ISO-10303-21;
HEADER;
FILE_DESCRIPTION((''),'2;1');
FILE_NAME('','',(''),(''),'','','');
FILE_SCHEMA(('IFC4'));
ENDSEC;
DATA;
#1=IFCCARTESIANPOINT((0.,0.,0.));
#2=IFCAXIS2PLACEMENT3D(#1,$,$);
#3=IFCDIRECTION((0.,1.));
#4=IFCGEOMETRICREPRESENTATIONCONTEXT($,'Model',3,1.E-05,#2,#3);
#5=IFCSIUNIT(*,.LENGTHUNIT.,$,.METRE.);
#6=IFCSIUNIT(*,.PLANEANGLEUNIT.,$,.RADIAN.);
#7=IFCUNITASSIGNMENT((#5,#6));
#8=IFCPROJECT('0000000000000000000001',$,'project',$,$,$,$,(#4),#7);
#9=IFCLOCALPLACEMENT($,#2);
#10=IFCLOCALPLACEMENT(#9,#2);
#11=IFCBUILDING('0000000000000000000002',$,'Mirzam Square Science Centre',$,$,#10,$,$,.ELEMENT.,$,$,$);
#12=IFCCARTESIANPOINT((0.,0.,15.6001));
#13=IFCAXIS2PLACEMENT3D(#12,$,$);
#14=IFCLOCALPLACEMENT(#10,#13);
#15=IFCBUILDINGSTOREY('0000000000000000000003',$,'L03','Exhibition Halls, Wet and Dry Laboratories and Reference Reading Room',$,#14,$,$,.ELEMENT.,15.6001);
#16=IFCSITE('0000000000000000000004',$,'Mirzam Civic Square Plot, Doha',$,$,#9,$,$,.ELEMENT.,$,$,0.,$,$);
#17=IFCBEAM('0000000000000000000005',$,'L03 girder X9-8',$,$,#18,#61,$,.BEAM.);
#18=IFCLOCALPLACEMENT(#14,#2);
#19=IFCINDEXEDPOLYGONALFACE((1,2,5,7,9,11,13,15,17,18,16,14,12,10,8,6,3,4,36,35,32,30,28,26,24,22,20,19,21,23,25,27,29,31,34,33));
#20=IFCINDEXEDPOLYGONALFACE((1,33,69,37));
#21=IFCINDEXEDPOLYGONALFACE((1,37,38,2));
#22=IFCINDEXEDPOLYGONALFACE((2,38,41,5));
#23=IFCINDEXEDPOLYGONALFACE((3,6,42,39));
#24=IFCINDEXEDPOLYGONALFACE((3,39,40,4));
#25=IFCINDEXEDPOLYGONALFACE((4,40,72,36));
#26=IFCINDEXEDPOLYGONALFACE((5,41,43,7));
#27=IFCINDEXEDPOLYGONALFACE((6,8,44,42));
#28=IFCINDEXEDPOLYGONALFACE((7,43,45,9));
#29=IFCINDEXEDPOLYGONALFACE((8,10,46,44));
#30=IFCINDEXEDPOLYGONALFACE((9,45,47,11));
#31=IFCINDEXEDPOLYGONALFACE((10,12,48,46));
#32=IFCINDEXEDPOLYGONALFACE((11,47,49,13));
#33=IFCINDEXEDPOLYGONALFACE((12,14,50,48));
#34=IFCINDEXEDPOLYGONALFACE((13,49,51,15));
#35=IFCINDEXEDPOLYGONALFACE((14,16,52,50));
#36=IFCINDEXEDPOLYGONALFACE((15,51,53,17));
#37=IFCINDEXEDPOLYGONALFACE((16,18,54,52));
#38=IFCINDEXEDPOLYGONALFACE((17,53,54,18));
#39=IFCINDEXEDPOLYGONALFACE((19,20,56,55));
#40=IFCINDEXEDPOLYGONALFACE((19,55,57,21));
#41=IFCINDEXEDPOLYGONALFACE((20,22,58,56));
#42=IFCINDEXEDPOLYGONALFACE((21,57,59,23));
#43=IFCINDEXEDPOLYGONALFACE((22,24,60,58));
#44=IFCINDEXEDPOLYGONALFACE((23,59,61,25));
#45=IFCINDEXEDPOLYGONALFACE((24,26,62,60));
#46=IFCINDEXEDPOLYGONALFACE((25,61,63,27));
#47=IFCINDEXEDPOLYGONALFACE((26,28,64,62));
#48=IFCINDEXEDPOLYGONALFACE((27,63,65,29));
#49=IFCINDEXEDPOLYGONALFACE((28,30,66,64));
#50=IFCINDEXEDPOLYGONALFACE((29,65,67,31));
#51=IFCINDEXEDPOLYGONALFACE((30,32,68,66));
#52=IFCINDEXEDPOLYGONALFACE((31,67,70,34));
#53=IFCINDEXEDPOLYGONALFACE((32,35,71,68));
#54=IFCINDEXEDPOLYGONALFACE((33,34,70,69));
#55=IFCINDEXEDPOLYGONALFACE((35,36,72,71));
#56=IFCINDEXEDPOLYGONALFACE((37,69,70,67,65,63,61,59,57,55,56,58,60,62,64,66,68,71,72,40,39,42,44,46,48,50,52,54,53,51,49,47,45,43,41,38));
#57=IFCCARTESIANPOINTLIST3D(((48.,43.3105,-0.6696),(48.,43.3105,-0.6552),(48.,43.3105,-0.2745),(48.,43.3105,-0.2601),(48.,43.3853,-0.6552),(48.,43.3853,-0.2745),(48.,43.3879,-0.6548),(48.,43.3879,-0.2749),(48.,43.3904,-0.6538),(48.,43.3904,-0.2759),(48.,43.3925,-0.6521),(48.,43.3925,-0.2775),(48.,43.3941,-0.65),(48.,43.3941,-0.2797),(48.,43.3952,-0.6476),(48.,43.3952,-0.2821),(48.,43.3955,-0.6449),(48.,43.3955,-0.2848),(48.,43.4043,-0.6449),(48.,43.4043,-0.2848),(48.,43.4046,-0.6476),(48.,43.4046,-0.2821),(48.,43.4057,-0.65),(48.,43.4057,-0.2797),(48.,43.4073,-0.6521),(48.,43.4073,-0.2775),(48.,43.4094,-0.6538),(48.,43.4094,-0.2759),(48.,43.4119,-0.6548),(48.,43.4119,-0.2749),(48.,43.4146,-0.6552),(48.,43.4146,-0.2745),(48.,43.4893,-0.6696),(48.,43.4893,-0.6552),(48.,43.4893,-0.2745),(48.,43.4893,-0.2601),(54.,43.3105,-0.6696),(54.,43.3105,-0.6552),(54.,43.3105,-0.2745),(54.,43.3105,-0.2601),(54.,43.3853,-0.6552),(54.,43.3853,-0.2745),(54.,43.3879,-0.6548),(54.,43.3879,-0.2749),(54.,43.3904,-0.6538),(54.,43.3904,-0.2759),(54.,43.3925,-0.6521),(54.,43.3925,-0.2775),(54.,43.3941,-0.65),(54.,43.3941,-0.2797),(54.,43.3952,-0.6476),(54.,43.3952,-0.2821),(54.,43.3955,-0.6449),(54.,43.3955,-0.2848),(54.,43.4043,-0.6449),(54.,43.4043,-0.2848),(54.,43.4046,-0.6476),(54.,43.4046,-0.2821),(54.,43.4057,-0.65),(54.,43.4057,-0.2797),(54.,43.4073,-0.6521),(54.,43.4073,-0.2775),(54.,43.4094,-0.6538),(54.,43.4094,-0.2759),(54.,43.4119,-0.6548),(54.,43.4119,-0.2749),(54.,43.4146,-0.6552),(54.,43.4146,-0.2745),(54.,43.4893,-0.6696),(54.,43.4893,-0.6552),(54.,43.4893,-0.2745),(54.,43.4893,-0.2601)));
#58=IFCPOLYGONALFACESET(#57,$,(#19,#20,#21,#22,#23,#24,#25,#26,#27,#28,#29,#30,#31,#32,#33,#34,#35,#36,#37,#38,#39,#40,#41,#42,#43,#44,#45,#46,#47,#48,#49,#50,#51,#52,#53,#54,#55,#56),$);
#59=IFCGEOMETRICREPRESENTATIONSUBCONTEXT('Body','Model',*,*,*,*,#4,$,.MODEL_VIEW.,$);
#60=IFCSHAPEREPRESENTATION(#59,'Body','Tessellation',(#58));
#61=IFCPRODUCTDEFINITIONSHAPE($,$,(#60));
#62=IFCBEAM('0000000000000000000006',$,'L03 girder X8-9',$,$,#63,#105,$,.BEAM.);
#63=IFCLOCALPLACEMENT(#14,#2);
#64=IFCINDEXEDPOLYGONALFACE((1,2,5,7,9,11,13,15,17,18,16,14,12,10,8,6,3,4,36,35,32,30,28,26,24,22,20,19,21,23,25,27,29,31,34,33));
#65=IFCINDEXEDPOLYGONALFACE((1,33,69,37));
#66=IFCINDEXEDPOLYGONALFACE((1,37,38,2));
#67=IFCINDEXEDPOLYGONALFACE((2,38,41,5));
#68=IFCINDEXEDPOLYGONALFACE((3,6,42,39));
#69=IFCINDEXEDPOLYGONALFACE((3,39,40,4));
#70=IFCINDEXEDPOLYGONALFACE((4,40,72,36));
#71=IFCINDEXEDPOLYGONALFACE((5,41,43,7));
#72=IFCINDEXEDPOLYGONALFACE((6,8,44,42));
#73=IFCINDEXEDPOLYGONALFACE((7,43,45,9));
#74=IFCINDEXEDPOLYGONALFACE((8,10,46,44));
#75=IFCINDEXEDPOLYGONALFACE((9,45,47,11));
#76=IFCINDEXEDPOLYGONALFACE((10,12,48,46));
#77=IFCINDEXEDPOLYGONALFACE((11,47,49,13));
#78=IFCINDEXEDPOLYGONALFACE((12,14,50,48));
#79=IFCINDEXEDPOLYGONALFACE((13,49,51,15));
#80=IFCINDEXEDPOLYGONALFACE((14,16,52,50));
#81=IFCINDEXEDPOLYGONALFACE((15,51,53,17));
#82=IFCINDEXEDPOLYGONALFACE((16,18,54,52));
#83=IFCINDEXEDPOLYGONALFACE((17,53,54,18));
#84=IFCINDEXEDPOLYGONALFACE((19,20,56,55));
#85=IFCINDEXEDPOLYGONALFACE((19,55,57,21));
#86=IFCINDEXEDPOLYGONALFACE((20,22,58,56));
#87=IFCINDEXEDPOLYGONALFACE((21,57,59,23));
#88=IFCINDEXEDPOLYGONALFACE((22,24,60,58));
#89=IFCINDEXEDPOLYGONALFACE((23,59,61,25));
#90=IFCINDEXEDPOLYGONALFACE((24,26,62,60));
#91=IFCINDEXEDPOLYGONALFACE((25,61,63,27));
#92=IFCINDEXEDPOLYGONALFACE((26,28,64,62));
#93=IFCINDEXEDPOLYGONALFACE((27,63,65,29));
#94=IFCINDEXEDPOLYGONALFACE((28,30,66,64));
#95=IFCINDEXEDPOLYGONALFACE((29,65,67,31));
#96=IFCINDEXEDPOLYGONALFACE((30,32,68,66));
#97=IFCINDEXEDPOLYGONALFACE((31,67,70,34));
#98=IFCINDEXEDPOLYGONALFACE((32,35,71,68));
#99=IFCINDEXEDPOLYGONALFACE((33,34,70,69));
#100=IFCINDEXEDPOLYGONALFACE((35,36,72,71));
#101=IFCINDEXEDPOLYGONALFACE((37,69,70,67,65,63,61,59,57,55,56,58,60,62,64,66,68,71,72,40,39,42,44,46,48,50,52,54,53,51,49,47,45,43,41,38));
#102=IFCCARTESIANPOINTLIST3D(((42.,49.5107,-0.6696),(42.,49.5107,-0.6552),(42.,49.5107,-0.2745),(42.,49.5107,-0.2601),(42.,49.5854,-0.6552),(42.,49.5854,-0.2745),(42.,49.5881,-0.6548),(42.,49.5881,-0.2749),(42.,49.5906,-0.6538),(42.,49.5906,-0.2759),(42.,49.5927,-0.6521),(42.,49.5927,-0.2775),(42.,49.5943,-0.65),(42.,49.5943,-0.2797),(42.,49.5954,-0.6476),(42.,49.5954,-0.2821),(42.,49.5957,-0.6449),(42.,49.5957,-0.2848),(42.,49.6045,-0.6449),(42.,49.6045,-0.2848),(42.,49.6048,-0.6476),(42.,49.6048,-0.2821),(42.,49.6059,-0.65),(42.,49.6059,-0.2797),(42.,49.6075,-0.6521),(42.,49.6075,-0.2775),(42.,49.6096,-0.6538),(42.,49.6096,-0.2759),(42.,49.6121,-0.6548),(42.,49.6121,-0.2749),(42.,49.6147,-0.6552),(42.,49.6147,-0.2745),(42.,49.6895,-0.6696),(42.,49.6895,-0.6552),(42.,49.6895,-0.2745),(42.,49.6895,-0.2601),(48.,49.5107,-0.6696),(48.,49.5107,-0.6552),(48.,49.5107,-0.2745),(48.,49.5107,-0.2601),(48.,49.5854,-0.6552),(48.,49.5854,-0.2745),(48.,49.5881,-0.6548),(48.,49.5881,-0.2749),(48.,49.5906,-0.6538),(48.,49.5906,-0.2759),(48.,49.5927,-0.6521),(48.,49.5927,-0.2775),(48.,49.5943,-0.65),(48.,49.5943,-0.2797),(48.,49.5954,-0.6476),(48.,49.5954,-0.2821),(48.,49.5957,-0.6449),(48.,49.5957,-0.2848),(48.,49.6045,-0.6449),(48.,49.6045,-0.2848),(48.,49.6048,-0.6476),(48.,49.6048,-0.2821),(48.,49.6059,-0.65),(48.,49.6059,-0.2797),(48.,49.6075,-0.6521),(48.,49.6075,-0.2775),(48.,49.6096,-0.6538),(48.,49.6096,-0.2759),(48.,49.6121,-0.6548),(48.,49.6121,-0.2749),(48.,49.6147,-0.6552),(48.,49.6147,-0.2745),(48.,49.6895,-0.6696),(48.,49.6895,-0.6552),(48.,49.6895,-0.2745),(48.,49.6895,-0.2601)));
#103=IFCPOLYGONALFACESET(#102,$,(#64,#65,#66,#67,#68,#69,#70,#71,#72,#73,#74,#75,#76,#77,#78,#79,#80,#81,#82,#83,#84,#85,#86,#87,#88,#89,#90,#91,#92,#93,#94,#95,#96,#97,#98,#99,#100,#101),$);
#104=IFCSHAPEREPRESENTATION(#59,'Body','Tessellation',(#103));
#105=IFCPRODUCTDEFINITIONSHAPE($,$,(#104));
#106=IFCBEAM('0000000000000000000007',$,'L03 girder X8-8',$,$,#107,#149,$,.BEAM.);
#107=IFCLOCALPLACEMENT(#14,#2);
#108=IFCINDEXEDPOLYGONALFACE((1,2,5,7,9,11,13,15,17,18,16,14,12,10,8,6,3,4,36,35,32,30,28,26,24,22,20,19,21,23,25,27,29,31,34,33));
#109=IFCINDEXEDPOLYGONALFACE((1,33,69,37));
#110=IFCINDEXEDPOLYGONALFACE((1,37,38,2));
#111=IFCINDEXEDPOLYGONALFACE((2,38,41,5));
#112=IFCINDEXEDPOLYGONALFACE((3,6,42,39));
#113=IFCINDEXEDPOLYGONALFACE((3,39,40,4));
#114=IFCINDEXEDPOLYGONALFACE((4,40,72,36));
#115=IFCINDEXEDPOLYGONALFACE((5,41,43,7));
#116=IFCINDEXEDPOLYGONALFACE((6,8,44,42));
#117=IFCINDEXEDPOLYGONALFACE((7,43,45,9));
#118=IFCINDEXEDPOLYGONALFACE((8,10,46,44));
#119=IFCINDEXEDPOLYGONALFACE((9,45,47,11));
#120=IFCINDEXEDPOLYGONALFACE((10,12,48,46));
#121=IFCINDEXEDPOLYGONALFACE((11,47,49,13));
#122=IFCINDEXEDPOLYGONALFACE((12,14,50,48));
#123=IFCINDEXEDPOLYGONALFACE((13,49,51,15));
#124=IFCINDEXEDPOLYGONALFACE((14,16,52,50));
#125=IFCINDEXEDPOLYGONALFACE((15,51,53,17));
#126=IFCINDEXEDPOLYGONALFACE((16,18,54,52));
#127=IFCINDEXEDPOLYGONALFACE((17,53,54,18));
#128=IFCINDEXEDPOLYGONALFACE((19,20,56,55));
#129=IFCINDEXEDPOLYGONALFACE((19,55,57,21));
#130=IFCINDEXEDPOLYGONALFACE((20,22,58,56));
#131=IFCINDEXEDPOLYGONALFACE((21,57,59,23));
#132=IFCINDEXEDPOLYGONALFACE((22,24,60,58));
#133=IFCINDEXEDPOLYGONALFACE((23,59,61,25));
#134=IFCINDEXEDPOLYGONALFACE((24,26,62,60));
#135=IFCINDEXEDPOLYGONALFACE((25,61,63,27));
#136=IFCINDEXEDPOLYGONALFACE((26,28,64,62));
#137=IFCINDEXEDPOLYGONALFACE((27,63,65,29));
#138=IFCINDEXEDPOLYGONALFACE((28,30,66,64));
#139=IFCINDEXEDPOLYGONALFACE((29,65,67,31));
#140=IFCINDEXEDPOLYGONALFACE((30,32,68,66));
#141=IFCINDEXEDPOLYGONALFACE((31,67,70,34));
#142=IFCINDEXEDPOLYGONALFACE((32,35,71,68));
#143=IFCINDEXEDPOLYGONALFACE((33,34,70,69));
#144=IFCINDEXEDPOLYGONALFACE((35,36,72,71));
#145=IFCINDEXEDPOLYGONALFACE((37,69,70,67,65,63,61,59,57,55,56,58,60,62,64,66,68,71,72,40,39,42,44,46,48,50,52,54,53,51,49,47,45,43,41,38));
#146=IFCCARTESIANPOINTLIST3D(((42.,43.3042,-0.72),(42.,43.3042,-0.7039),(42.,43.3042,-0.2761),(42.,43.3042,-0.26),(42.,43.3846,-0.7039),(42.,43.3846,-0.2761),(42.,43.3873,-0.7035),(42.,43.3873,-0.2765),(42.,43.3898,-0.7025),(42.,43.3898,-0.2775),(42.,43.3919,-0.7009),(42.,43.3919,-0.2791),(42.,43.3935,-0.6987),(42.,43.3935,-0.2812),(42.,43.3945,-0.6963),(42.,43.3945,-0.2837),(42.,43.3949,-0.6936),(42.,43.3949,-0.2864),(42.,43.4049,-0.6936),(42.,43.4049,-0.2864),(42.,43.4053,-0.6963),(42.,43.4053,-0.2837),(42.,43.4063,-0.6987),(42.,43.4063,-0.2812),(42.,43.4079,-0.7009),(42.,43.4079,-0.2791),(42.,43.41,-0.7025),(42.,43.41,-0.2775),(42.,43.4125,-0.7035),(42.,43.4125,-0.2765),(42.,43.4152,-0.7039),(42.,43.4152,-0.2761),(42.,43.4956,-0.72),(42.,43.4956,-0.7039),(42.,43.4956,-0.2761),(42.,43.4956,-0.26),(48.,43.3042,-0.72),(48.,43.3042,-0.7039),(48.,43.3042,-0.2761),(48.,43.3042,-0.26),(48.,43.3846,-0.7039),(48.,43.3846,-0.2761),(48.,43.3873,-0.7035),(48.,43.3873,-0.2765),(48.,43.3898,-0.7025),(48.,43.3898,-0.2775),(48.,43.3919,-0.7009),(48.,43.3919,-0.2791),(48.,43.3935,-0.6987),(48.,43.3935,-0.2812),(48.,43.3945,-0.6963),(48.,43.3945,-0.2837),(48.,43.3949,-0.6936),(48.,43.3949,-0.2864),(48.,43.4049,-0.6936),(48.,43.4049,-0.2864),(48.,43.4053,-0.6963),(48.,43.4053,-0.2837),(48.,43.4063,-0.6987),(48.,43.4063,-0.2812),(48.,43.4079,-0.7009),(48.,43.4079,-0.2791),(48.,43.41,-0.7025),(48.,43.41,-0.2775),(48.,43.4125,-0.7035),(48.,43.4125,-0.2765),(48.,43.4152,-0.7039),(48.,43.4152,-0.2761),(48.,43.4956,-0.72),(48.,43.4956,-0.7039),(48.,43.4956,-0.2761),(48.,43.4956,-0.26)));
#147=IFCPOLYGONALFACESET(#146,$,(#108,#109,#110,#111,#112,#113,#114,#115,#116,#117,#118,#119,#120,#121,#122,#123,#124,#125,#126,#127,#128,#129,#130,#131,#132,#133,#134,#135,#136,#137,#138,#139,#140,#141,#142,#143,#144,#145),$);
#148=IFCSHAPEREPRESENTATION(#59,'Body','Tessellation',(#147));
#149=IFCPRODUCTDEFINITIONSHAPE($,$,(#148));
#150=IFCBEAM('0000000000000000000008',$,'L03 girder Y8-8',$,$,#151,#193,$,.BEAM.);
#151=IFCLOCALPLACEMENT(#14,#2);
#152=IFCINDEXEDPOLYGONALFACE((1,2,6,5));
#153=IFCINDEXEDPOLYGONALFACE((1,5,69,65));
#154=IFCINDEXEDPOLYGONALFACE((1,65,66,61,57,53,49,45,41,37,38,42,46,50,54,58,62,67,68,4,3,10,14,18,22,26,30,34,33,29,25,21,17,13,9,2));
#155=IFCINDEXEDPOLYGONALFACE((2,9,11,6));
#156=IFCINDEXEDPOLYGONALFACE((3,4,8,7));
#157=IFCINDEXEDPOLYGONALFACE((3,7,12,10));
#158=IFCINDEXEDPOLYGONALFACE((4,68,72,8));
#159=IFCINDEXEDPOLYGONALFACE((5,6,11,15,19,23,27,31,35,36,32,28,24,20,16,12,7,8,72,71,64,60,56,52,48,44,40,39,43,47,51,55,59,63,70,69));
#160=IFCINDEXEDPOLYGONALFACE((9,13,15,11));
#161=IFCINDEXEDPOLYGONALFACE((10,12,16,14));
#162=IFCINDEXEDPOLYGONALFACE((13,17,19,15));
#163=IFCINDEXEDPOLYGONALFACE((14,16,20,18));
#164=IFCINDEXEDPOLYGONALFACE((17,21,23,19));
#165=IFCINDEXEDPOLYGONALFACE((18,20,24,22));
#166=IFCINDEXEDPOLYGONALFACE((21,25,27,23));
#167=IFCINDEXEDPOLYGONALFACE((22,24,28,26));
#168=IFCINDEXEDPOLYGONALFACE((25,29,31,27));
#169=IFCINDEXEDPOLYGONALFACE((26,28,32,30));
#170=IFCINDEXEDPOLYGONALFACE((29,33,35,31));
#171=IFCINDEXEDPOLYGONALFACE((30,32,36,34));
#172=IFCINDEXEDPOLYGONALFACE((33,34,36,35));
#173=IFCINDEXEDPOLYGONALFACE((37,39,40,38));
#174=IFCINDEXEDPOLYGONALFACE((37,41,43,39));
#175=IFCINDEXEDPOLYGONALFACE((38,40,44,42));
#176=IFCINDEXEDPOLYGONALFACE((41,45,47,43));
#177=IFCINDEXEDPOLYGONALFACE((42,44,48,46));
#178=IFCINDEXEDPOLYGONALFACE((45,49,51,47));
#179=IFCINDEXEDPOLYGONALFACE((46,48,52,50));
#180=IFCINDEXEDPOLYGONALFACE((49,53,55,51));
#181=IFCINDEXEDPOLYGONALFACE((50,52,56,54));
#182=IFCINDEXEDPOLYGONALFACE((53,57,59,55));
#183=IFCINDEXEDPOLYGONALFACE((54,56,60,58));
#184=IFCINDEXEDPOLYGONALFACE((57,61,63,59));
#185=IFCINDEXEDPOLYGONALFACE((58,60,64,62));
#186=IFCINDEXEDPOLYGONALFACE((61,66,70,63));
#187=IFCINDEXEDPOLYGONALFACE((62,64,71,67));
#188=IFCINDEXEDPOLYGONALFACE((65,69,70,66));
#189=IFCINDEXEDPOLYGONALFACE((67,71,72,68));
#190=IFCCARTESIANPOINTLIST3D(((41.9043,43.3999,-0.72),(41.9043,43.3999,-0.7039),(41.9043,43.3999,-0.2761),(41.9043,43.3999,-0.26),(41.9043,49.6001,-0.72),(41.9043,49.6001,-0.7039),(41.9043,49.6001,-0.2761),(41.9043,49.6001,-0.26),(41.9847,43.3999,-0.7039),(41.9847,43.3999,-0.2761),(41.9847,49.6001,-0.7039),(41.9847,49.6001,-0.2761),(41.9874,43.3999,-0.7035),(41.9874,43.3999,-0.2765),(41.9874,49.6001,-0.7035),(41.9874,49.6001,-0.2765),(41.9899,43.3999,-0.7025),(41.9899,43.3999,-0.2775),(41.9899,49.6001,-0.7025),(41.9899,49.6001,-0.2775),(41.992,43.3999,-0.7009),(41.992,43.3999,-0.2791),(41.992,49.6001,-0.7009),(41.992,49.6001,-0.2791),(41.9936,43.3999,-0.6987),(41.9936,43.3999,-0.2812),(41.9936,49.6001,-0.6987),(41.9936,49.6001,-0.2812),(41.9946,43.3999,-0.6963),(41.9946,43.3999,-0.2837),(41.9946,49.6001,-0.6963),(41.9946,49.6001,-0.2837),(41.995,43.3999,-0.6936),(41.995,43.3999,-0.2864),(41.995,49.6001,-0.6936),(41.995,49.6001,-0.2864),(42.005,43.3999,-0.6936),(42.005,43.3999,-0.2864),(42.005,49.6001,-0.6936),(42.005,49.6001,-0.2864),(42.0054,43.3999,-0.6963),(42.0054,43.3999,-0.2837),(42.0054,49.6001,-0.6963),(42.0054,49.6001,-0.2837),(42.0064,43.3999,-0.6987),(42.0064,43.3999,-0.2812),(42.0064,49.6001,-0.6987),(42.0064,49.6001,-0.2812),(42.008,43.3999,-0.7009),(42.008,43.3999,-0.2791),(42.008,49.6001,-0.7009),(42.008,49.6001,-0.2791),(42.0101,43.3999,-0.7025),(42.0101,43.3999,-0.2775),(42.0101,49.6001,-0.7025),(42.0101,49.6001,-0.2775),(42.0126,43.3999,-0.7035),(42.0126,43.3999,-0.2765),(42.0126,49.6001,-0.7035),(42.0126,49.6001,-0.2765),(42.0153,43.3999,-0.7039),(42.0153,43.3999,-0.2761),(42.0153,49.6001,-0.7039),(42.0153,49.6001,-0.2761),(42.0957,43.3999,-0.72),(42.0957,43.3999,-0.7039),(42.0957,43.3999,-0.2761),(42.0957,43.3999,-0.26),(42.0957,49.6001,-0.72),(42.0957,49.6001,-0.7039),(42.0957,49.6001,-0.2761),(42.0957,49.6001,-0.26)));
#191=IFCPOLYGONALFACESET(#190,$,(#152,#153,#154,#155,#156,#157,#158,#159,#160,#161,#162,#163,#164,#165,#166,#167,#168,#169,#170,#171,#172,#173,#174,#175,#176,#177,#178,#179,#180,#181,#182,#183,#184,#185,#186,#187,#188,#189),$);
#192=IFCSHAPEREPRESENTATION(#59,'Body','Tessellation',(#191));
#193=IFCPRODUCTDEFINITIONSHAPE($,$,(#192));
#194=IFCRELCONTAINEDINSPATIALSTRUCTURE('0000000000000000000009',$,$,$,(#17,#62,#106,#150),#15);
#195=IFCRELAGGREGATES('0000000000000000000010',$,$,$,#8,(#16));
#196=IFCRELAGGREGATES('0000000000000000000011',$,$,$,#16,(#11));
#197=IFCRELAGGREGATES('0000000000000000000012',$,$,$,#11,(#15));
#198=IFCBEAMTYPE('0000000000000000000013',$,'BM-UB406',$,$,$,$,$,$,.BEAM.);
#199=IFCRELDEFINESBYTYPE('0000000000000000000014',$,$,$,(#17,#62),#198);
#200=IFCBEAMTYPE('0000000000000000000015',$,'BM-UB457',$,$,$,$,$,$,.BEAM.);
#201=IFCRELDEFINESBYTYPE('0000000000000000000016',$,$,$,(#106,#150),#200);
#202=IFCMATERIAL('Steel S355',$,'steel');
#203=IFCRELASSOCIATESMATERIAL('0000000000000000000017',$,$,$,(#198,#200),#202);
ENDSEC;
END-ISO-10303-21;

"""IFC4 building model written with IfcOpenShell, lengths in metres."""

from ifc_helpers import new_model, si_unit, direction, frame, origin, origin_2d, place, context, subcontext, project, spatial, i_section, extrude, material, material_profile, profile_set, type_object, element, save


model = new_model("IFC4")

# Units and contexts
model_context = context("Model", 3, precision=1e-05, world=origin(), true_north=direction((0.0, 1.0)))
body_context = subcontext(model_context, "Body", "Model", "MODEL_VIEW")
ifc_project = project(units=[si_unit("LENGTHUNIT", "METRE"), si_unit("PLANEANGLEUNIT", "RADIAN")], contexts=[model_context])

# Site, building, storey
site_placement = place(None, origin())
site = spatial("IfcSite", under=ifc_project, at=site_placement, Name="Mirzam Civic Square Plot, Doha", CompositionType="ELEMENT", RefElevation=0.0)
building_placement = place(site_placement, origin())
building = spatial("IfcBuilding", under=site, at=building_placement, Name="Mirzam Square Science Centre", CompositionType="ELEMENT")
storey_placement = place(building_placement, frame((0.0, 0.0, 15.6001)))
storey = spatial("IfcBuildingStorey", under=building, at=storey_placement, Name="L03", Description="Exhibition Halls, Wet and Dry Laboratories and Reference Reading Room", CompositionType="ELEMENT", Elevation=15.6001)

# Shared definitions
ifc_material_1 = material(Name="Steel S355", Category="steel")

# Beams
ifc_material_profile_1 = material_profile(ifc_material_1, i_section(OverallWidth=0.1787, OverallDepth=0.4094, WebThickness=0.0088, FlangeThickness=0.0144, FilletRadius=0.0103, at=origin_2d()), Name="406x178x67UB")
ifc_profile_set_1 = profile_set([ifc_material_profile_1], Name="Steel S355")
beam_type_1 = type_object("IfcBeamType", Name="BM-UB406", PredefinedType="BEAM", material=ifc_profile_set_1)
for number, where, z_axis, x_axis, name in (
    (1, (48.0, 43.3999, -0.4648), (1.0, 0.0, 0.0), (0.0, 1.0, 0.0), "L03 girder X9-8"),
    (2, (42.0, 49.6001, -0.4648), (1.0, 0.0, 0.0), (0.0, 1.0, 0.0), "L03 girder X8-9"),
):
    element("IfcBeam", number, at=place(storey_placement, frame(where, z_axis=z_axis, x_axis=x_axis)), inside=storey, type_object=beam_type_1, Name=name, PredefinedType="BEAM", context=body_context, shape_type="SweptSolid", body=[
        extrude(i_section(OverallWidth=0.1787, OverallDepth=0.4094, WebThickness=0.0088, FlangeThickness=0.0144, FilletRadius=0.0103, at=origin_2d()), origin(), (0.0, 0.0, 1.0), 6.0),
    ])
ifc_material_profile_2 = material_profile(ifc_material_1, i_section(OverallWidth=0.1914, OverallDepth=0.46, WebThickness=0.01, FlangeThickness=0.0161, FilletRadius=0.0103, at=origin_2d()), Name="457x191x82UB")
ifc_profile_set_2 = profile_set([ifc_material_profile_2], Name="Steel S355")
beam_type_2 = type_object("IfcBeamType", Name="BM-UB457", PredefinedType="BEAM", material=ifc_profile_set_2)
beam_1_placement = place(storey_placement, frame((42.0, 43.3999, -0.49), z_axis=(1.0, 0.0, 0.0), x_axis=(0.0, 1.0, 0.0)))
element("IfcBeam", 3, at=beam_1_placement, inside=storey, type_object=beam_type_2, Name="L03 girder X8-8", PredefinedType="BEAM", context=body_context, shape_type="SweptSolid", body=[
    extrude(i_section(OverallWidth=0.1914, OverallDepth=0.46, WebThickness=0.01, FlangeThickness=0.0161, FilletRadius=0.0103, at=origin_2d()), origin(), (0.0, 0.0, 1.0), 6.0),
])
beam_2_placement = place(storey_placement, frame((42.0, 43.3999, -0.49), z_axis=(0.0, 1.0, 0.0), x_axis=(-1.0, 0.0, 0.0)))
element("IfcBeam", 4, at=beam_2_placement, inside=storey, type_object=beam_type_2, Name="L03 girder Y8-8", PredefinedType="BEAM", context=body_context, shape_type="SweptSolid", body=[
    extrude(i_section(OverallWidth=0.1914, OverallDepth=0.46, WebThickness=0.01, FlangeThickness=0.0161, FilletRadius=0.0103, at=origin_2d()), origin(), (0.0, 0.0, 1.0), 6.2002),
])

save(model, "model.ifc")
